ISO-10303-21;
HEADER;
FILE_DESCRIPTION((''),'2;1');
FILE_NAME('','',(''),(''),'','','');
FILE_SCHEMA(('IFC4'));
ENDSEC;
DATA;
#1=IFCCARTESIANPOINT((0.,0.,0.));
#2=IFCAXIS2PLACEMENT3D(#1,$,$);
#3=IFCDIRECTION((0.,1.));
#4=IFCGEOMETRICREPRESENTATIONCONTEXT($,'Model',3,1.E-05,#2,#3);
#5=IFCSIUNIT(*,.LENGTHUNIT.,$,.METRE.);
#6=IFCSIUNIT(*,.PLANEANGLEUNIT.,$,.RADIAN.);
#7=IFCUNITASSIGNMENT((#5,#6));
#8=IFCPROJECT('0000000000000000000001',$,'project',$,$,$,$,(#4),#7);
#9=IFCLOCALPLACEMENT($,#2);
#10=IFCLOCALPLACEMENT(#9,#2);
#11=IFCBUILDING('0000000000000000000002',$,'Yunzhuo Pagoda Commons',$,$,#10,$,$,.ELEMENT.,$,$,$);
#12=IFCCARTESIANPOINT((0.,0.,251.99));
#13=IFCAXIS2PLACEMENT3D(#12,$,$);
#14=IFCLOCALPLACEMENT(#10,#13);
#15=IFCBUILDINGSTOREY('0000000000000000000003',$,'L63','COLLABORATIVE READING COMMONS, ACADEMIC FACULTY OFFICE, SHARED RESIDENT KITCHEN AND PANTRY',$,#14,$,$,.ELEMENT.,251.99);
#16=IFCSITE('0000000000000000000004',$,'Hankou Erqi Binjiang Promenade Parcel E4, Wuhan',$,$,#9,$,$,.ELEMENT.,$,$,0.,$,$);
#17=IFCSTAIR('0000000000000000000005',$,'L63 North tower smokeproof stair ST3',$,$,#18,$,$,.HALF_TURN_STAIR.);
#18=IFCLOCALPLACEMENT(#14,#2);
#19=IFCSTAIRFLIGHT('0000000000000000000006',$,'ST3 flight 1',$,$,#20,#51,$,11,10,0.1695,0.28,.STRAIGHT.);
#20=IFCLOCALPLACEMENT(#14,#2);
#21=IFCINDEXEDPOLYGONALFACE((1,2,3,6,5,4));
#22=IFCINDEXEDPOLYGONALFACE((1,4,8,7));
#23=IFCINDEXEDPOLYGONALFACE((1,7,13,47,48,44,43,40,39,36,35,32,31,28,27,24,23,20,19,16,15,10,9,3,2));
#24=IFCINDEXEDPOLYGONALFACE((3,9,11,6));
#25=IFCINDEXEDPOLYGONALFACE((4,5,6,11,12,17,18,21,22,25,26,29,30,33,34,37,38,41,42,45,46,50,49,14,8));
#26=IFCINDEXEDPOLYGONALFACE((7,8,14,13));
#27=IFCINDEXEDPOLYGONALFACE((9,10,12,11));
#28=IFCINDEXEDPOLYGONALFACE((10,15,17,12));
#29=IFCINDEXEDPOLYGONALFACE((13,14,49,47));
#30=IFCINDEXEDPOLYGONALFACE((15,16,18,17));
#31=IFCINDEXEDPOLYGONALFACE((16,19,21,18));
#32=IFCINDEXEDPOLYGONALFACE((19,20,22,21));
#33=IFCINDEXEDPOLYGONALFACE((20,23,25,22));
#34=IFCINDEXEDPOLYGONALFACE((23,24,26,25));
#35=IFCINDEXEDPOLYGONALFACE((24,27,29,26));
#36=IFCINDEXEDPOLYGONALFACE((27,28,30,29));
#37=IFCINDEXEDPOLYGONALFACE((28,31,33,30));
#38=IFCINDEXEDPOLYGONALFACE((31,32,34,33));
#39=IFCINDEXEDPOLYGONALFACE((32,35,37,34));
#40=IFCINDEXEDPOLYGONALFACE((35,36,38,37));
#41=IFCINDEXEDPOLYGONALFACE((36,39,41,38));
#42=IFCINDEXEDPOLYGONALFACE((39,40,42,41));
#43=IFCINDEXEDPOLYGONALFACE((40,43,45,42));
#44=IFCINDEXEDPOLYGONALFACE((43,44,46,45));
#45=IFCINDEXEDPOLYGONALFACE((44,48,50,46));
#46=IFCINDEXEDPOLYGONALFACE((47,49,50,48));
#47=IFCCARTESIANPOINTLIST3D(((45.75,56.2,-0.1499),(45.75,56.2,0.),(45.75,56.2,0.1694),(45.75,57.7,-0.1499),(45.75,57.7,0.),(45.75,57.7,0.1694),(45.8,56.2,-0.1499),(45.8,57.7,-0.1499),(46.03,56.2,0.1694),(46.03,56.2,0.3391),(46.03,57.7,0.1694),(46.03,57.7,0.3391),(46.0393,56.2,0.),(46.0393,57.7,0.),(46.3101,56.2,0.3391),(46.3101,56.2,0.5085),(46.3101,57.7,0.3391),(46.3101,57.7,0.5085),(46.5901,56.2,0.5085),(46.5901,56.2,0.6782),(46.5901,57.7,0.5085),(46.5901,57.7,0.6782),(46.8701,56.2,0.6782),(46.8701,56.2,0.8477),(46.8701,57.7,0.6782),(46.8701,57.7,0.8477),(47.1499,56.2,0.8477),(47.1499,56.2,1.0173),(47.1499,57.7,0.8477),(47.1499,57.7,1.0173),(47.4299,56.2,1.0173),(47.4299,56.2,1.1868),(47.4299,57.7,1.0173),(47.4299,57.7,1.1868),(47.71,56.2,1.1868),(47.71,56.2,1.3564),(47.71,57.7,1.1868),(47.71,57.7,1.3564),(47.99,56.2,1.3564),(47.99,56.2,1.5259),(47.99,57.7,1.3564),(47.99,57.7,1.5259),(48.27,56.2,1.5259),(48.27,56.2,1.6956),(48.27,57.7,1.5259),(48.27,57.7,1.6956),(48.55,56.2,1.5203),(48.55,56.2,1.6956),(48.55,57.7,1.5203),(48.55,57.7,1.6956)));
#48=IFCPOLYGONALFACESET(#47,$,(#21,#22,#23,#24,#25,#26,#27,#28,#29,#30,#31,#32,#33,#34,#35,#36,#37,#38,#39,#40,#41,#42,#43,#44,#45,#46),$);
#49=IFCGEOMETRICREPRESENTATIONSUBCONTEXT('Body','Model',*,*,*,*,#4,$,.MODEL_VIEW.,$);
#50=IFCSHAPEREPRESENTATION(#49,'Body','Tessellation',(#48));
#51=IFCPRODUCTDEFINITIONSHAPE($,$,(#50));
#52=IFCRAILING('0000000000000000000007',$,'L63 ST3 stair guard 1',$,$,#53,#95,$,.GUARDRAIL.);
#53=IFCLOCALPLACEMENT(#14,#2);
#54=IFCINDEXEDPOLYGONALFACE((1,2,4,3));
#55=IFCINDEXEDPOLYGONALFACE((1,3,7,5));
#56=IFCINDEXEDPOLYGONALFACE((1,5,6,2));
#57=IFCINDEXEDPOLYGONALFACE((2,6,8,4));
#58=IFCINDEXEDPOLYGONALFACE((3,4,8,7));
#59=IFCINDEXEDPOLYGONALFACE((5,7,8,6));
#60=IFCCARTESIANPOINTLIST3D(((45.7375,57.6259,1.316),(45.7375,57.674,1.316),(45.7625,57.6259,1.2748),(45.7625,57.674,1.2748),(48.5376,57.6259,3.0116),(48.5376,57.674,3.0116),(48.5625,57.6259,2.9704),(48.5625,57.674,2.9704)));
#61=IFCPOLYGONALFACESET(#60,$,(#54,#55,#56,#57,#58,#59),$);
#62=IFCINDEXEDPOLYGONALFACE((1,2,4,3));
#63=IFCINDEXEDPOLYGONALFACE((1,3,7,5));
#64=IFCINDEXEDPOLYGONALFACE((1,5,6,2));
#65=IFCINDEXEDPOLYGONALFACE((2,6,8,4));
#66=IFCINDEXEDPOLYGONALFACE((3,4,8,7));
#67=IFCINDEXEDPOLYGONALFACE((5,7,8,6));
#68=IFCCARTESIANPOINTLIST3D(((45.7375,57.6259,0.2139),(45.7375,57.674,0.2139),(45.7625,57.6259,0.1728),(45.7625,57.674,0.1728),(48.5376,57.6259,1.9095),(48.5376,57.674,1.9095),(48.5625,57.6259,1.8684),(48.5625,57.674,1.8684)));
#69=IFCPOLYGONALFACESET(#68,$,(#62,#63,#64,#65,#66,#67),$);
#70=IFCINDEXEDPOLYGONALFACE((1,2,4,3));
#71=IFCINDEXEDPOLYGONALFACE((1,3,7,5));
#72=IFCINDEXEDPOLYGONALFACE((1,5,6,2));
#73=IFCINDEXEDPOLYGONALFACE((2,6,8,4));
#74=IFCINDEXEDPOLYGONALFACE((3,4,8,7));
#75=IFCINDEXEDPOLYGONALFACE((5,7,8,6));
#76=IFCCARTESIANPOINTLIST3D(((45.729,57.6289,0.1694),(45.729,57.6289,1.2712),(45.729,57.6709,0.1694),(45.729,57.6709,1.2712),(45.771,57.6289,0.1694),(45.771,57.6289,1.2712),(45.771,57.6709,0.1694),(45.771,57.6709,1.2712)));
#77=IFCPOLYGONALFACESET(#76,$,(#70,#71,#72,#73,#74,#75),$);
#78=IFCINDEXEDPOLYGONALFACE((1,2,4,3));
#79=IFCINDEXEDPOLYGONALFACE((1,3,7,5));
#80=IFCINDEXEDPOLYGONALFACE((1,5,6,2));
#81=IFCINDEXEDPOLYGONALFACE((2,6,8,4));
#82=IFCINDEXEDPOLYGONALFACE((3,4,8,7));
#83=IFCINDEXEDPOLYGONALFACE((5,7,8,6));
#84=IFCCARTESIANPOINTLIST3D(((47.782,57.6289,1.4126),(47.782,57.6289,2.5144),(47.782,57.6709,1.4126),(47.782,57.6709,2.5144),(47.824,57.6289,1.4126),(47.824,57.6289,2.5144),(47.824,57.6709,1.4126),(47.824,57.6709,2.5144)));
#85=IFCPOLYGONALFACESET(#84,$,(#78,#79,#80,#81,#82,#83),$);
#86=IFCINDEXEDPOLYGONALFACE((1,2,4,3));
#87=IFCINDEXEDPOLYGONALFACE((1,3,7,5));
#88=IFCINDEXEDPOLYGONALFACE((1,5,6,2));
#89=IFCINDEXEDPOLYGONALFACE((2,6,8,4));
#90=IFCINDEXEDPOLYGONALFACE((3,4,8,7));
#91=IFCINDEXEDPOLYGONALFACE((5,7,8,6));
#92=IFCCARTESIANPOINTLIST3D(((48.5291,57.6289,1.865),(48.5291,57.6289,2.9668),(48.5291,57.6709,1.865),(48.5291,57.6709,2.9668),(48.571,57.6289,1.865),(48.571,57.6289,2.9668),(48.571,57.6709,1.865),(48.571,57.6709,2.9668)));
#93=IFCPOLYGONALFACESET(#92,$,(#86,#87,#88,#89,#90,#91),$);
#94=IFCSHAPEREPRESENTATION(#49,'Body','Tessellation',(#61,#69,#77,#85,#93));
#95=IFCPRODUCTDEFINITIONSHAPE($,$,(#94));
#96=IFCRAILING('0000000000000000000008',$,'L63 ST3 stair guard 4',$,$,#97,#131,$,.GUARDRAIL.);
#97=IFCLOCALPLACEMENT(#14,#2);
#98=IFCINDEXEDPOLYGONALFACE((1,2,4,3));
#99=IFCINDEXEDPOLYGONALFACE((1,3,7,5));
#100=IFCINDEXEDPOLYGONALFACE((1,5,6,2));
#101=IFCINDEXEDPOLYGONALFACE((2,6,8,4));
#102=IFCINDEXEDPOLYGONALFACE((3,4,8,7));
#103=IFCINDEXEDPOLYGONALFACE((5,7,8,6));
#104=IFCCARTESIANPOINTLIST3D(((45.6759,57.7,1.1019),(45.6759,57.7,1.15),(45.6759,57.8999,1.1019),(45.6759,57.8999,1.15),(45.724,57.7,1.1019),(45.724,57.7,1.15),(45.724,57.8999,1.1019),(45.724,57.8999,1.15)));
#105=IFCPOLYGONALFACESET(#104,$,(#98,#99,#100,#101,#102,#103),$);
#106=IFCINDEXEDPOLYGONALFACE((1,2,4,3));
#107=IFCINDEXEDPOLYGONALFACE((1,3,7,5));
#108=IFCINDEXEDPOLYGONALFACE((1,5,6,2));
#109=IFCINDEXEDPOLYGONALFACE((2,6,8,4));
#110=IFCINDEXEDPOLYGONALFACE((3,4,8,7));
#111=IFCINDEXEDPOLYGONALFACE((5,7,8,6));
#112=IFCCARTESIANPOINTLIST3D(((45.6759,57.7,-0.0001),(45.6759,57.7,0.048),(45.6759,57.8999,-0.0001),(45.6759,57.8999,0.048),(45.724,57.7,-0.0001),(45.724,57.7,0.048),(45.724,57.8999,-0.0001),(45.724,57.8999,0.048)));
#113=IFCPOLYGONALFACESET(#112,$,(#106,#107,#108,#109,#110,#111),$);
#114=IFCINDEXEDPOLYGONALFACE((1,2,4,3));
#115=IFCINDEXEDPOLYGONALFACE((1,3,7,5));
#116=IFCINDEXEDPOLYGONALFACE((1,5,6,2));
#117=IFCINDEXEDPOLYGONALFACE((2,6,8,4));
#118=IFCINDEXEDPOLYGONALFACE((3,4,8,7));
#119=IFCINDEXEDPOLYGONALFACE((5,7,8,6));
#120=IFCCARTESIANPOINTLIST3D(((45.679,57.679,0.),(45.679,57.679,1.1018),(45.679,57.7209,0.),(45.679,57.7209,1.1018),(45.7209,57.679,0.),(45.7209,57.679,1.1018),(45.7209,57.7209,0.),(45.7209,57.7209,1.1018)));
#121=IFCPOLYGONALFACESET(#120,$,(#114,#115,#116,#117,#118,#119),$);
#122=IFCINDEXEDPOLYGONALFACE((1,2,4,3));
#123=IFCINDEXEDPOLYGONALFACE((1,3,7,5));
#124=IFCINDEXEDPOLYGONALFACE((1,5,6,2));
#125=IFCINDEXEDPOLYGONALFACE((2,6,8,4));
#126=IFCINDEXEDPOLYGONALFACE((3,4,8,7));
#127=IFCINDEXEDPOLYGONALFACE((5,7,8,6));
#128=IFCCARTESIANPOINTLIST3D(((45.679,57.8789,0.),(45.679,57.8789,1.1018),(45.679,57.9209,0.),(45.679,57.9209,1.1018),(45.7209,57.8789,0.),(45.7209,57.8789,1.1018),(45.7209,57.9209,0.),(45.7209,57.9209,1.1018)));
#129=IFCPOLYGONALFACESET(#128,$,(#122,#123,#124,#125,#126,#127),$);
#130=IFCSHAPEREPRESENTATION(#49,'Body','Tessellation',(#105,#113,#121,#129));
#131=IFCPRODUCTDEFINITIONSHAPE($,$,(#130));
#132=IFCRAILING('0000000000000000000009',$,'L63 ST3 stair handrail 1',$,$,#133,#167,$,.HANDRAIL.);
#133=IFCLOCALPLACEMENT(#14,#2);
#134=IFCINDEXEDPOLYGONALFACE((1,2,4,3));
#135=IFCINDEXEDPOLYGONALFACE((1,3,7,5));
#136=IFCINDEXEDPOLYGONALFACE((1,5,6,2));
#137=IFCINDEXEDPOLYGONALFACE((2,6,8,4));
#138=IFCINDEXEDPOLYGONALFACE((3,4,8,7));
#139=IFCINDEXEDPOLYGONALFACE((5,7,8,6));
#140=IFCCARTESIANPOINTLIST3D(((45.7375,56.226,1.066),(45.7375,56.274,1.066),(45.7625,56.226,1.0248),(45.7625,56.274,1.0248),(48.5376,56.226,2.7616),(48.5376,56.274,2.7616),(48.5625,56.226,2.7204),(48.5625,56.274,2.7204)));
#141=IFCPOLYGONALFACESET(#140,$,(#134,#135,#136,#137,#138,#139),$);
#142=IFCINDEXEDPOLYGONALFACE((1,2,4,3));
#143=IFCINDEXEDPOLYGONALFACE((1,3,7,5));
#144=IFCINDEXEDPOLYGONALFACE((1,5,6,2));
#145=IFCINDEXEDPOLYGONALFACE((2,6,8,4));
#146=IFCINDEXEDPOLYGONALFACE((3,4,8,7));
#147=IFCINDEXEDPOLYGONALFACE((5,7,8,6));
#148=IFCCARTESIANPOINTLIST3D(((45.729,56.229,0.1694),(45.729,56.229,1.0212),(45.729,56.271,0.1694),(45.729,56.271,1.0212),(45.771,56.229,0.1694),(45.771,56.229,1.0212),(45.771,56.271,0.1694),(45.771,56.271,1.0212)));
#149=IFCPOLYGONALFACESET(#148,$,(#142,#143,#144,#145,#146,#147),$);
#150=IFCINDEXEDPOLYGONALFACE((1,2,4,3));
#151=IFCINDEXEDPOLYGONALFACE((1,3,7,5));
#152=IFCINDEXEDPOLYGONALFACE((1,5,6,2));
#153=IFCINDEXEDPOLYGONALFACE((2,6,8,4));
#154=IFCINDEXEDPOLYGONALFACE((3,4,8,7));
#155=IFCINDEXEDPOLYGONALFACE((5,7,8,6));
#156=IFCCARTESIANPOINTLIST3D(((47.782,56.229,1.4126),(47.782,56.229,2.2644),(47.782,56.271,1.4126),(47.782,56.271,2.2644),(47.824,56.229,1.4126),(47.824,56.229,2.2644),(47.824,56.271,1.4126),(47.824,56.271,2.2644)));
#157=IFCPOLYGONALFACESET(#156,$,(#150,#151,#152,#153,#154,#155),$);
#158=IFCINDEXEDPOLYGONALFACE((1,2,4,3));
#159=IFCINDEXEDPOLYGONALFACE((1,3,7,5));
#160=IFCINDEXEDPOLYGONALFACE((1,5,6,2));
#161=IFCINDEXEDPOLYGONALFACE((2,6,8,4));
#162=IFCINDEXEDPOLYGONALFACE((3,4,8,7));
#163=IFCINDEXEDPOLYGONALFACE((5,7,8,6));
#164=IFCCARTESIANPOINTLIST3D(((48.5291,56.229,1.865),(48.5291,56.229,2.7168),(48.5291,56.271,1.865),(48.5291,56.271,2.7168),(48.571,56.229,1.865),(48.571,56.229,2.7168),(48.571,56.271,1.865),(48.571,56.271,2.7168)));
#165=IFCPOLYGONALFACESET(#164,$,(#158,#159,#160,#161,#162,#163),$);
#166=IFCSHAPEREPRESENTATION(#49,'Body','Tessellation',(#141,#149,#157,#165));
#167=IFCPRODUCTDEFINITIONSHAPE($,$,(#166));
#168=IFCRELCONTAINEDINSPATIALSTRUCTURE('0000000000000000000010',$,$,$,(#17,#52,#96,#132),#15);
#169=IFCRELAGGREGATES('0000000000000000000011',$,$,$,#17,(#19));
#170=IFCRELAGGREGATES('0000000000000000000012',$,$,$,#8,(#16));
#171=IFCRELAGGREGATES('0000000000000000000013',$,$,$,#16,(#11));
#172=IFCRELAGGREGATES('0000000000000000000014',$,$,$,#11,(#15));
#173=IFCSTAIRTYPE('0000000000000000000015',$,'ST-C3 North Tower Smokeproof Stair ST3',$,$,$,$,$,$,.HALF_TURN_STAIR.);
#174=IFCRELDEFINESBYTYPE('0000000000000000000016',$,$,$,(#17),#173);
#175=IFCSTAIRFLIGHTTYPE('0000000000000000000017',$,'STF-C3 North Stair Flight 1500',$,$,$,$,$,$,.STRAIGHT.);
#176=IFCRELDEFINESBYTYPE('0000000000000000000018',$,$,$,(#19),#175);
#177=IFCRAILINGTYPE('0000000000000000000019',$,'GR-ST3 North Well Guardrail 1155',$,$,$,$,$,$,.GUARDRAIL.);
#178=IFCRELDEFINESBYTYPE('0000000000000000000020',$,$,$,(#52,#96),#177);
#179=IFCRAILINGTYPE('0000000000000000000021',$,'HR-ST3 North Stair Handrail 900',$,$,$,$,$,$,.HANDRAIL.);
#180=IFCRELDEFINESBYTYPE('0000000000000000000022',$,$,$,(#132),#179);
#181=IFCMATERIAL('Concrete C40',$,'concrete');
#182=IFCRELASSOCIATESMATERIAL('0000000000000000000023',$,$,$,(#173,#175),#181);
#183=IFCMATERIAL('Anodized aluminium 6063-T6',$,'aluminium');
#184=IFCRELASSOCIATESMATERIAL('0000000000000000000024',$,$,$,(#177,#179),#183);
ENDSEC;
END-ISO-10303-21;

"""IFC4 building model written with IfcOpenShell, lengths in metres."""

from ifc_helpers import new_model, si_unit, direction, frame, origin, origin_2d, place, context, subcontext, project, spatial, polyline, rectangle, outline, extrude, source, transform, mapped, material, type_object, element, aggregate, save


model = new_model("IFC4")

# Units and contexts
model_context = context("Model", 3, precision=1e-05, world=origin(), true_north=direction((0.0, 1.0)))
body_context = subcontext(model_context, "Body", "Model", "MODEL_VIEW")
ifc_project = project(units=[si_unit("LENGTHUNIT", "METRE"), si_unit("PLANEANGLEUNIT", "RADIAN")], contexts=[model_context])

# Site, building, storey
site_placement = place(None, origin())
site = spatial("IfcSite", under=ifc_project, at=site_placement, Name="Hankou Erqi Binjiang Promenade Parcel E4, Wuhan", CompositionType="ELEMENT", RefElevation=0.0)
building_placement = place(site_placement, origin())
building = spatial("IfcBuilding", under=site, at=building_placement, Name="Yunzhuo Pagoda Commons", CompositionType="ELEMENT")
storey_placement = place(building_placement, frame((0.0, 0.0, 251.99)))
storey = spatial("IfcBuildingStorey", under=building, at=storey_placement, Name="L63", Description="COLLABORATIVE READING COMMONS, ACADEMIC FACULTY OFFICE, SHARED RESIDENT KITCHEN AND PANTRY", CompositionType="ELEMENT", Elevation=251.99)

# Shared definitions
ifc_material_1 = material(Name="Anodized aluminium 6063-T6", Category="aluminium")

# Stair, stair flight
ifc_material_2 = material(Name="Concrete C40", Category="concrete")
stair_type = type_object("IfcStairType", Name="ST-C3 North Tower Smokeproof Stair ST3", PredefinedType="HALF_TURN_STAIR", material=ifc_material_2)
stair_placement = place(storey_placement, origin())
stair = element("IfcStair", 1, at=stair_placement, inside=storey, type_object=stair_type, Name="L63 North tower smokeproof stair ST3", PredefinedType="HALF_TURN_STAIR")
stair_flight_type = type_object("IfcStairFlightType", Name="STF-C3 North Stair Flight 1500", PredefinedType="STRAIGHT", material=ifc_material_2)
shared_shape_1 = source(origin(), body_context, "Body", "SweptSolid", [
    extrude(outline(polyline([(0.0, -0.1499), (0.0, 0.0), (0.0, 0.1694), (0.28, 0.1694), (0.28, 0.3391), (0.5601, 0.3391), (0.5601, 0.5085), (0.8401, 0.5085), (0.8401, 0.6782), (1.1201, 0.6782), (1.1201, 0.8477), (1.3999, 0.8477), (1.3999, 1.0173), (1.6799, 1.0173), (1.6799, 1.1868), (1.96, 1.1868), (1.96, 1.3564), (2.24, 1.3564), (2.24, 1.5259), (2.52, 1.5259), (2.52, 1.6956), (2.8, 1.6956), (2.8, 1.865), (2.8, 1.5203), (0.2893, 0.0), (0.05, -0.1499), (0.0, -0.1499)])), frame((0.0, 0.75, 0.0), z_axis=(0.0, -1.0, 0.0), x_axis=(1.0, 0.0, 0.0)), (0.0, 0.0, 1.0), 1.5),
])
stair_flight_placement = place(storey_placement, frame((45.75, 56.95, 0.0), z_axis=(0.0, 0.0, 1.0), x_axis=(1.0, 0.0, 0.0)))
stair_flight = element("IfcStairFlight", 2, at=stair_flight_placement, type_object=stair_flight_type, Name="ST3 flight 1", NumberOfRisers=11, NumberOfTreads=10, PredefinedType="STRAIGHT", RiserHeight=0.1695, TreadLength=0.28, context=body_context, shape_type="MappedRepresentation", body=[
    mapped(shared_shape_1, transform((0.0, 0.0, 0.0), scale=1.0)),
])
aggregate(stair, [stair_flight])

# Railings
railing_type_1 = type_object("IfcRailingType", Name="GR-ST3 North Well Guardrail 1155", PredefinedType="GUARDRAIL", material=ifc_material_1)
railing_1_placement = place(storey_placement, frame((45.75, 57.6499, 0.1694)))
element("IfcRailing", 3, at=railing_1_placement, inside=storey, type_object=railing_type_1, Name="L63 ST3 stair guard 1", PredefinedType="GUARDRAIL", context=body_context, shape_type="SweptSolid", body=[
    extrude(rectangle(XDim=0.0481, YDim=0.0481, at=origin_2d()), frame((0.0, 0.0, 1.126), z_axis=(0.855393, 0.0, 0.517979), x_axis=(0.0, 1.0, 0.0)), (0.0, 0.0, 1.0), 3.2734),
    extrude(rectangle(XDim=0.0481, YDim=0.0481, at=origin_2d()), frame((0.0, 0.0, 0.0239), z_axis=(0.855393, 0.0, 0.517979), x_axis=(0.0, 1.0, 0.0)), (0.0, 0.0, 1.0), 3.2734),
    extrude(rectangle(XDim=0.042, YDim=0.042, at=origin_2d()), origin(), (0.0, 0.0, 1.0), 1.1018),
    extrude(rectangle(XDim=0.042, YDim=0.042, at=origin_2d()), frame((2.053, 0.0, 1.2432)), (0.0, 0.0, 1.0), 1.1018),
    extrude(rectangle(XDim=0.042, YDim=0.042, at=origin_2d()), frame((2.8, 0.0, 1.6956)), (0.0, 0.0, 1.0), 1.1018),
])
railing_2_placement = place(storey_placement, frame((45.7, 57.7, 0.0)))
element("IfcRailing", 4, at=railing_2_placement, inside=storey, type_object=railing_type_1, Name="L63 ST3 stair guard 4", PredefinedType="GUARDRAIL", context=body_context, shape_type="SweptSolid", body=[
    extrude(rectangle(XDim=0.0481, YDim=0.0481, at=origin_2d()), frame((0.0, 0.0, 1.126), z_axis=(0.0, 1.0, 0.0), x_axis=(-1.0, 0.0, 0.0)), (0.0, 0.0, 1.0), 0.2),
    extrude(rectangle(XDim=0.0481, YDim=0.0481, at=origin_2d()), frame((0.0, 0.0, 0.0239), z_axis=(0.0, 1.0, 0.0), x_axis=(-1.0, 0.0, 0.0)), (0.0, 0.0, 1.0), 0.2),
    extrude(rectangle(XDim=0.042, YDim=0.042, at=origin_2d()), origin(), (0.0, 0.0, 1.0), 1.1018),
    extrude(rectangle(XDim=0.042, YDim=0.042, at=origin_2d()), frame((0.0, 0.2, 0.0)), (0.0, 0.0, 1.0), 1.1018),
])
railing_type_2 = type_object("IfcRailingType", Name="HR-ST3 North Stair Handrail 900", PredefinedType="HANDRAIL", material=ifc_material_1)
railing_3_placement = place(storey_placement, frame((45.75, 56.25, 0.1694)))
element("IfcRailing", 5, at=railing_3_placement, inside=storey, type_object=railing_type_2, Name="L63 ST3 stair handrail 1", PredefinedType="HANDRAIL", context=body_context, shape_type="SweptSolid", body=[
    extrude(rectangle(XDim=0.0481, YDim=0.0481, at=origin_2d()), frame((0.0, 0.0, 0.876), z_axis=(0.855393, 0.0, 0.517979), x_axis=(0.0, 1.0, 0.0)), (0.0, 0.0, 1.0), 3.2734),
    extrude(rectangle(XDim=0.042, YDim=0.042, at=origin_2d()), origin(), (0.0, 0.0, 1.0), 0.8518),
    extrude(rectangle(XDim=0.042, YDim=0.042, at=origin_2d()), frame((2.053, 0.0, 1.2432)), (0.0, 0.0, 1.0), 0.8518),
    extrude(rectangle(XDim=0.042, YDim=0.042, at=origin_2d()), frame((2.8, 0.0, 1.6956)), (0.0, 0.0, 1.0), 0.8518),
])

save(model, "model.ifc")
